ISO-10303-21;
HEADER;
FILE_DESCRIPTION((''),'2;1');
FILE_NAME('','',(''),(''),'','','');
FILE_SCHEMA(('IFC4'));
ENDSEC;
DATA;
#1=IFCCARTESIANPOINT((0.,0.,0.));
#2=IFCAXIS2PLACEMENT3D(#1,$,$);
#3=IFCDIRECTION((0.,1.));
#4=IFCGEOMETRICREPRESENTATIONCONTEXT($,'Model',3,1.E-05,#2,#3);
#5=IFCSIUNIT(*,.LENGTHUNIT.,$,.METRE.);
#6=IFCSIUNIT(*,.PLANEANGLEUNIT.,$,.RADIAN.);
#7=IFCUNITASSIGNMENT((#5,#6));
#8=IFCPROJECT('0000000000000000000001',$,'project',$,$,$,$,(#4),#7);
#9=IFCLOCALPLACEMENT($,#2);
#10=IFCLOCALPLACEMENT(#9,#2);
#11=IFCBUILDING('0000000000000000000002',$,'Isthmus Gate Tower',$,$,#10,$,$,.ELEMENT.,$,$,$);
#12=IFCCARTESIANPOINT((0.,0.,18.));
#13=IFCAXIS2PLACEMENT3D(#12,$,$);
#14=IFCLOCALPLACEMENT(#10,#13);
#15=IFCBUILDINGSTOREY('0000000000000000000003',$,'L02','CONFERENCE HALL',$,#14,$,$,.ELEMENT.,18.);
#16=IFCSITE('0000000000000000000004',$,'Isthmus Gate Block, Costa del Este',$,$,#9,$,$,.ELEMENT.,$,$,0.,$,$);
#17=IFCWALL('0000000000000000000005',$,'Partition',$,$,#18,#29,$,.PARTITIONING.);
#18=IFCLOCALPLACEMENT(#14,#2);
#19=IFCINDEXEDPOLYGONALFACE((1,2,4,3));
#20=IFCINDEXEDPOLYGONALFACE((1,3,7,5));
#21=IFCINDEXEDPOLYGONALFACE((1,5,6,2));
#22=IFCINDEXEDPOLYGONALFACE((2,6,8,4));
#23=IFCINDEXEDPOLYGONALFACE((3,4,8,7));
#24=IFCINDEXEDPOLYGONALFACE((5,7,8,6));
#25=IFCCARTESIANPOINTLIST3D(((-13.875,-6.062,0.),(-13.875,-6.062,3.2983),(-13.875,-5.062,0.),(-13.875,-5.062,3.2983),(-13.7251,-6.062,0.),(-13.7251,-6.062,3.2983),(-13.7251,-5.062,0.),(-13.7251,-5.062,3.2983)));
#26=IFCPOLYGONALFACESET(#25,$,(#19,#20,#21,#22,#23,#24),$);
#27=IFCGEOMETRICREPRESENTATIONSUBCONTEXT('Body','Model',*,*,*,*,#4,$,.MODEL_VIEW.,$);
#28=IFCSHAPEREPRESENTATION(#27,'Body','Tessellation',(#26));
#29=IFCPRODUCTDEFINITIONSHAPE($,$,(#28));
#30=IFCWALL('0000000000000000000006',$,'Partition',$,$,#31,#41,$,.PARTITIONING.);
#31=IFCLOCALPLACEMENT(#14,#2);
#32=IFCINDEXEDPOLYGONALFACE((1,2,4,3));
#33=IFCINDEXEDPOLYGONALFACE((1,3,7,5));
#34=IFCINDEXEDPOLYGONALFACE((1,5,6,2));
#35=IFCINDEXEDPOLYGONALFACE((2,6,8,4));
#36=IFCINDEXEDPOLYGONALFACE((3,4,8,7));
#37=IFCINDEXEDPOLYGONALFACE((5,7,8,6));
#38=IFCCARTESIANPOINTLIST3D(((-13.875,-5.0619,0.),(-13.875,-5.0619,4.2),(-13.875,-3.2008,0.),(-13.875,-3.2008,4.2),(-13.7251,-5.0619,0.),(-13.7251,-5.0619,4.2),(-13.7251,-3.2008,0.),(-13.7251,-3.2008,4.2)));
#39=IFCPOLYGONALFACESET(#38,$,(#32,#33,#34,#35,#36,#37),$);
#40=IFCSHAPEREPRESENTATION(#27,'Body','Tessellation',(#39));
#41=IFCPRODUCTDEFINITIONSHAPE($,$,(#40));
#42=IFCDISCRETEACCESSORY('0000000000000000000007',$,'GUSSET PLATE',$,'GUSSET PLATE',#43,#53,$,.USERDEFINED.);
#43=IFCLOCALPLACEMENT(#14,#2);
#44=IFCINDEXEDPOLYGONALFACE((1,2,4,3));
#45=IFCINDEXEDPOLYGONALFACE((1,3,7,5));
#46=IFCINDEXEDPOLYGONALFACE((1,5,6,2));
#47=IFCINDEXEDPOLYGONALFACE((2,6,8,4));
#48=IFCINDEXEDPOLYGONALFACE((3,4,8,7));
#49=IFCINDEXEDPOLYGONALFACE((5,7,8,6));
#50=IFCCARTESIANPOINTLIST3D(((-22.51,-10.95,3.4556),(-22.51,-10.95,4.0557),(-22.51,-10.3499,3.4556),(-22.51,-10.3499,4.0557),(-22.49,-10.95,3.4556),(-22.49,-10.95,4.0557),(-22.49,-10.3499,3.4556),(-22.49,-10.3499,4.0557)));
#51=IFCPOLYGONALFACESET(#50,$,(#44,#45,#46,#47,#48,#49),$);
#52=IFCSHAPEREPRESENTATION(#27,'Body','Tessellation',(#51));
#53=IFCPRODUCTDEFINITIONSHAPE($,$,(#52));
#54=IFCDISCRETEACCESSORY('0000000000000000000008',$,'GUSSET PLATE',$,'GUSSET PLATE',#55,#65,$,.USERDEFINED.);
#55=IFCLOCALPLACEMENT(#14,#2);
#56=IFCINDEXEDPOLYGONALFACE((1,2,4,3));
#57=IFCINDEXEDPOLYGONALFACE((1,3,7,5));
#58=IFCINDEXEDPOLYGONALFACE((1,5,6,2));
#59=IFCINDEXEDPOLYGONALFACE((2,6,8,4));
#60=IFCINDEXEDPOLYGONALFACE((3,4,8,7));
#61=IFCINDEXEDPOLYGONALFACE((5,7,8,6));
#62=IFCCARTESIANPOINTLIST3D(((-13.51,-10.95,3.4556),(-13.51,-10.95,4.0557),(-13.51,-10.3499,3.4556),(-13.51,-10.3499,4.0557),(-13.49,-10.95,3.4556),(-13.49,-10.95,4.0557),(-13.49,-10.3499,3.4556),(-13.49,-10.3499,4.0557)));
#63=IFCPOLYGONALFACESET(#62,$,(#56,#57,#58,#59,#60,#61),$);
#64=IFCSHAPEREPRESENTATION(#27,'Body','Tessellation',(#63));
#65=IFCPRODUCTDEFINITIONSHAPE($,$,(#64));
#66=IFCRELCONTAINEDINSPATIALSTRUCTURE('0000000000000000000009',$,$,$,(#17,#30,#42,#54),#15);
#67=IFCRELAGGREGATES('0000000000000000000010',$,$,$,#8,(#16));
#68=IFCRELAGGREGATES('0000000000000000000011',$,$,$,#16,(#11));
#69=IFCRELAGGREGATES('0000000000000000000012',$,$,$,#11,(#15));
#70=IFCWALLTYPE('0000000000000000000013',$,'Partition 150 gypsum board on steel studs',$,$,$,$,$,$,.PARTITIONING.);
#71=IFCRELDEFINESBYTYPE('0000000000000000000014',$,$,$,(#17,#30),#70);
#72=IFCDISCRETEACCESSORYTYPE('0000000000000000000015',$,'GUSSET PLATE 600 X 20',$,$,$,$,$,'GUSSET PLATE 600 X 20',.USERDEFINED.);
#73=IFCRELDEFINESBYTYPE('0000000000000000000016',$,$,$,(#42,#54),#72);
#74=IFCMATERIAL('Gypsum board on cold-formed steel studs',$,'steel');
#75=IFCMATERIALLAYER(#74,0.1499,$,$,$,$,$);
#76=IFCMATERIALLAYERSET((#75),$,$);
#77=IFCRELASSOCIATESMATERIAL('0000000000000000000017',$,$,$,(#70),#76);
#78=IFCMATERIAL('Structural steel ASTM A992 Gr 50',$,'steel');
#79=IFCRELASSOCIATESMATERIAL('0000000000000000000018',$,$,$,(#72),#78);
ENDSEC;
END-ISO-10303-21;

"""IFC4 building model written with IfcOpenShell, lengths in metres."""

from ifc_helpers import new_model, si_unit, direction, frame, frame_2d, origin, origin_2d, place, context, subcontext, project, spatial, rectangle, extrude, material, layer, layer_set, type_object, element, save


model = new_model("IFC4")

# Units and contexts
model_context = context("Model", 3, precision=1e-05, world=origin(), true_north=direction((0.0, 1.0)))
body_context = subcontext(model_context, "Body", "Model", "MODEL_VIEW")
ifc_project = project(units=[si_unit("LENGTHUNIT", "METRE"), si_unit("PLANEANGLEUNIT", "RADIAN")], contexts=[model_context])

# Site, building, storey
site_placement = place(None, origin())
site = spatial("IfcSite", under=ifc_project, at=site_placement, Name="Isthmus Gate Block, Costa del Este", CompositionType="ELEMENT", RefElevation=0.0)
building_placement = place(site_placement, origin())
building = spatial("IfcBuilding", under=site, at=building_placement, Name="Isthmus Gate Tower", CompositionType="ELEMENT")
storey_placement = place(building_placement, frame((0.0, 0.0, 18.0)))
storey = spatial("IfcBuildingStorey", under=building, at=storey_placement, Name="L02", Description="CONFERENCE HALL", CompositionType="ELEMENT", Elevation=18.0)

# Walls
ifc_material_1 = material(Name="Gypsum board on cold-formed steel studs", Category="steel")
ifc_layer_1 = layer(ifc_material_1, 0.1499)
ifc_layer_set_1 = layer_set([ifc_layer_1])
wall_type_1 = type_object("IfcWallType", Name="Partition 150 gypsum board on steel studs", PredefinedType="PARTITIONING", material=ifc_layer_set_1)
wall_1_placement = place(storey_placement, frame((-13.8, -6.062, 0.0), z_axis=(0.0, 0.0, 1.0), x_axis=(0.0, 1.0, 0.0)))
element("IfcWall", 1, at=wall_1_placement, inside=storey, type_object=wall_type_1, Name="Partition", PredefinedType="PARTITIONING", context=body_context, shape_type="SweptSolid", body=[
    extrude(rectangle(XDim=1.0, YDim=0.1499, at=frame_2d((0.5, 0.0))), origin(), (0.0, 0.0, 1.0), 3.2983),
])
wall_2_placement = place(storey_placement, frame((-13.8, -5.062, 0.0), z_axis=(0.0, 0.0, 1.0), x_axis=(0.0, 1.0, 0.0)))
element("IfcWall", 2, at=wall_2_placement, inside=storey, type_object=wall_type_1, Name="Partition", PredefinedType="PARTITIONING", context=body_context, shape_type="SweptSolid", body=[
    extrude(rectangle(XDim=1.8611, YDim=0.1499, at=frame_2d((0.9307, 0.0))), origin(), (0.0, 0.0, 1.0), 4.2),
])

# Discrete accessories
ifc_material_2 = material(Name="Structural steel ASTM A992 Gr 50", Category="steel")
discrete_accessory_type = type_object("IfcDiscreteAccessoryType", Name="GUSSET PLATE 600 X 20", ElementType="GUSSET PLATE 600 X 20", PredefinedType="USERDEFINED", material=ifc_material_2)
for number, where, z_axis, x_axis, name in (
    (3, (-22.5, -10.6499, 3.4556), (0.0, 0.0, 1.0), (0.0, 1.0, 0.0), "GUSSET PLATE"),
    (4, (-13.5, -10.6499, 3.4556), (0.0, 0.0, 1.0), (0.0, 1.0, 0.0), "GUSSET PLATE"),
):
    element("IfcDiscreteAccessory", number, at=place(storey_placement, frame(where, z_axis=z_axis, x_axis=x_axis)), inside=storey, type_object=discrete_accessory_type, Name=name, ObjectType="GUSSET PLATE", PredefinedType="USERDEFINED", context=body_context, shape_type="SweptSolid", body=[
        extrude(rectangle(XDim=0.6001, YDim=0.02, at=origin_2d()), origin(), (0.0, 0.0, 1.0), 0.6001),
    ])

save(model, "model.ifc")
